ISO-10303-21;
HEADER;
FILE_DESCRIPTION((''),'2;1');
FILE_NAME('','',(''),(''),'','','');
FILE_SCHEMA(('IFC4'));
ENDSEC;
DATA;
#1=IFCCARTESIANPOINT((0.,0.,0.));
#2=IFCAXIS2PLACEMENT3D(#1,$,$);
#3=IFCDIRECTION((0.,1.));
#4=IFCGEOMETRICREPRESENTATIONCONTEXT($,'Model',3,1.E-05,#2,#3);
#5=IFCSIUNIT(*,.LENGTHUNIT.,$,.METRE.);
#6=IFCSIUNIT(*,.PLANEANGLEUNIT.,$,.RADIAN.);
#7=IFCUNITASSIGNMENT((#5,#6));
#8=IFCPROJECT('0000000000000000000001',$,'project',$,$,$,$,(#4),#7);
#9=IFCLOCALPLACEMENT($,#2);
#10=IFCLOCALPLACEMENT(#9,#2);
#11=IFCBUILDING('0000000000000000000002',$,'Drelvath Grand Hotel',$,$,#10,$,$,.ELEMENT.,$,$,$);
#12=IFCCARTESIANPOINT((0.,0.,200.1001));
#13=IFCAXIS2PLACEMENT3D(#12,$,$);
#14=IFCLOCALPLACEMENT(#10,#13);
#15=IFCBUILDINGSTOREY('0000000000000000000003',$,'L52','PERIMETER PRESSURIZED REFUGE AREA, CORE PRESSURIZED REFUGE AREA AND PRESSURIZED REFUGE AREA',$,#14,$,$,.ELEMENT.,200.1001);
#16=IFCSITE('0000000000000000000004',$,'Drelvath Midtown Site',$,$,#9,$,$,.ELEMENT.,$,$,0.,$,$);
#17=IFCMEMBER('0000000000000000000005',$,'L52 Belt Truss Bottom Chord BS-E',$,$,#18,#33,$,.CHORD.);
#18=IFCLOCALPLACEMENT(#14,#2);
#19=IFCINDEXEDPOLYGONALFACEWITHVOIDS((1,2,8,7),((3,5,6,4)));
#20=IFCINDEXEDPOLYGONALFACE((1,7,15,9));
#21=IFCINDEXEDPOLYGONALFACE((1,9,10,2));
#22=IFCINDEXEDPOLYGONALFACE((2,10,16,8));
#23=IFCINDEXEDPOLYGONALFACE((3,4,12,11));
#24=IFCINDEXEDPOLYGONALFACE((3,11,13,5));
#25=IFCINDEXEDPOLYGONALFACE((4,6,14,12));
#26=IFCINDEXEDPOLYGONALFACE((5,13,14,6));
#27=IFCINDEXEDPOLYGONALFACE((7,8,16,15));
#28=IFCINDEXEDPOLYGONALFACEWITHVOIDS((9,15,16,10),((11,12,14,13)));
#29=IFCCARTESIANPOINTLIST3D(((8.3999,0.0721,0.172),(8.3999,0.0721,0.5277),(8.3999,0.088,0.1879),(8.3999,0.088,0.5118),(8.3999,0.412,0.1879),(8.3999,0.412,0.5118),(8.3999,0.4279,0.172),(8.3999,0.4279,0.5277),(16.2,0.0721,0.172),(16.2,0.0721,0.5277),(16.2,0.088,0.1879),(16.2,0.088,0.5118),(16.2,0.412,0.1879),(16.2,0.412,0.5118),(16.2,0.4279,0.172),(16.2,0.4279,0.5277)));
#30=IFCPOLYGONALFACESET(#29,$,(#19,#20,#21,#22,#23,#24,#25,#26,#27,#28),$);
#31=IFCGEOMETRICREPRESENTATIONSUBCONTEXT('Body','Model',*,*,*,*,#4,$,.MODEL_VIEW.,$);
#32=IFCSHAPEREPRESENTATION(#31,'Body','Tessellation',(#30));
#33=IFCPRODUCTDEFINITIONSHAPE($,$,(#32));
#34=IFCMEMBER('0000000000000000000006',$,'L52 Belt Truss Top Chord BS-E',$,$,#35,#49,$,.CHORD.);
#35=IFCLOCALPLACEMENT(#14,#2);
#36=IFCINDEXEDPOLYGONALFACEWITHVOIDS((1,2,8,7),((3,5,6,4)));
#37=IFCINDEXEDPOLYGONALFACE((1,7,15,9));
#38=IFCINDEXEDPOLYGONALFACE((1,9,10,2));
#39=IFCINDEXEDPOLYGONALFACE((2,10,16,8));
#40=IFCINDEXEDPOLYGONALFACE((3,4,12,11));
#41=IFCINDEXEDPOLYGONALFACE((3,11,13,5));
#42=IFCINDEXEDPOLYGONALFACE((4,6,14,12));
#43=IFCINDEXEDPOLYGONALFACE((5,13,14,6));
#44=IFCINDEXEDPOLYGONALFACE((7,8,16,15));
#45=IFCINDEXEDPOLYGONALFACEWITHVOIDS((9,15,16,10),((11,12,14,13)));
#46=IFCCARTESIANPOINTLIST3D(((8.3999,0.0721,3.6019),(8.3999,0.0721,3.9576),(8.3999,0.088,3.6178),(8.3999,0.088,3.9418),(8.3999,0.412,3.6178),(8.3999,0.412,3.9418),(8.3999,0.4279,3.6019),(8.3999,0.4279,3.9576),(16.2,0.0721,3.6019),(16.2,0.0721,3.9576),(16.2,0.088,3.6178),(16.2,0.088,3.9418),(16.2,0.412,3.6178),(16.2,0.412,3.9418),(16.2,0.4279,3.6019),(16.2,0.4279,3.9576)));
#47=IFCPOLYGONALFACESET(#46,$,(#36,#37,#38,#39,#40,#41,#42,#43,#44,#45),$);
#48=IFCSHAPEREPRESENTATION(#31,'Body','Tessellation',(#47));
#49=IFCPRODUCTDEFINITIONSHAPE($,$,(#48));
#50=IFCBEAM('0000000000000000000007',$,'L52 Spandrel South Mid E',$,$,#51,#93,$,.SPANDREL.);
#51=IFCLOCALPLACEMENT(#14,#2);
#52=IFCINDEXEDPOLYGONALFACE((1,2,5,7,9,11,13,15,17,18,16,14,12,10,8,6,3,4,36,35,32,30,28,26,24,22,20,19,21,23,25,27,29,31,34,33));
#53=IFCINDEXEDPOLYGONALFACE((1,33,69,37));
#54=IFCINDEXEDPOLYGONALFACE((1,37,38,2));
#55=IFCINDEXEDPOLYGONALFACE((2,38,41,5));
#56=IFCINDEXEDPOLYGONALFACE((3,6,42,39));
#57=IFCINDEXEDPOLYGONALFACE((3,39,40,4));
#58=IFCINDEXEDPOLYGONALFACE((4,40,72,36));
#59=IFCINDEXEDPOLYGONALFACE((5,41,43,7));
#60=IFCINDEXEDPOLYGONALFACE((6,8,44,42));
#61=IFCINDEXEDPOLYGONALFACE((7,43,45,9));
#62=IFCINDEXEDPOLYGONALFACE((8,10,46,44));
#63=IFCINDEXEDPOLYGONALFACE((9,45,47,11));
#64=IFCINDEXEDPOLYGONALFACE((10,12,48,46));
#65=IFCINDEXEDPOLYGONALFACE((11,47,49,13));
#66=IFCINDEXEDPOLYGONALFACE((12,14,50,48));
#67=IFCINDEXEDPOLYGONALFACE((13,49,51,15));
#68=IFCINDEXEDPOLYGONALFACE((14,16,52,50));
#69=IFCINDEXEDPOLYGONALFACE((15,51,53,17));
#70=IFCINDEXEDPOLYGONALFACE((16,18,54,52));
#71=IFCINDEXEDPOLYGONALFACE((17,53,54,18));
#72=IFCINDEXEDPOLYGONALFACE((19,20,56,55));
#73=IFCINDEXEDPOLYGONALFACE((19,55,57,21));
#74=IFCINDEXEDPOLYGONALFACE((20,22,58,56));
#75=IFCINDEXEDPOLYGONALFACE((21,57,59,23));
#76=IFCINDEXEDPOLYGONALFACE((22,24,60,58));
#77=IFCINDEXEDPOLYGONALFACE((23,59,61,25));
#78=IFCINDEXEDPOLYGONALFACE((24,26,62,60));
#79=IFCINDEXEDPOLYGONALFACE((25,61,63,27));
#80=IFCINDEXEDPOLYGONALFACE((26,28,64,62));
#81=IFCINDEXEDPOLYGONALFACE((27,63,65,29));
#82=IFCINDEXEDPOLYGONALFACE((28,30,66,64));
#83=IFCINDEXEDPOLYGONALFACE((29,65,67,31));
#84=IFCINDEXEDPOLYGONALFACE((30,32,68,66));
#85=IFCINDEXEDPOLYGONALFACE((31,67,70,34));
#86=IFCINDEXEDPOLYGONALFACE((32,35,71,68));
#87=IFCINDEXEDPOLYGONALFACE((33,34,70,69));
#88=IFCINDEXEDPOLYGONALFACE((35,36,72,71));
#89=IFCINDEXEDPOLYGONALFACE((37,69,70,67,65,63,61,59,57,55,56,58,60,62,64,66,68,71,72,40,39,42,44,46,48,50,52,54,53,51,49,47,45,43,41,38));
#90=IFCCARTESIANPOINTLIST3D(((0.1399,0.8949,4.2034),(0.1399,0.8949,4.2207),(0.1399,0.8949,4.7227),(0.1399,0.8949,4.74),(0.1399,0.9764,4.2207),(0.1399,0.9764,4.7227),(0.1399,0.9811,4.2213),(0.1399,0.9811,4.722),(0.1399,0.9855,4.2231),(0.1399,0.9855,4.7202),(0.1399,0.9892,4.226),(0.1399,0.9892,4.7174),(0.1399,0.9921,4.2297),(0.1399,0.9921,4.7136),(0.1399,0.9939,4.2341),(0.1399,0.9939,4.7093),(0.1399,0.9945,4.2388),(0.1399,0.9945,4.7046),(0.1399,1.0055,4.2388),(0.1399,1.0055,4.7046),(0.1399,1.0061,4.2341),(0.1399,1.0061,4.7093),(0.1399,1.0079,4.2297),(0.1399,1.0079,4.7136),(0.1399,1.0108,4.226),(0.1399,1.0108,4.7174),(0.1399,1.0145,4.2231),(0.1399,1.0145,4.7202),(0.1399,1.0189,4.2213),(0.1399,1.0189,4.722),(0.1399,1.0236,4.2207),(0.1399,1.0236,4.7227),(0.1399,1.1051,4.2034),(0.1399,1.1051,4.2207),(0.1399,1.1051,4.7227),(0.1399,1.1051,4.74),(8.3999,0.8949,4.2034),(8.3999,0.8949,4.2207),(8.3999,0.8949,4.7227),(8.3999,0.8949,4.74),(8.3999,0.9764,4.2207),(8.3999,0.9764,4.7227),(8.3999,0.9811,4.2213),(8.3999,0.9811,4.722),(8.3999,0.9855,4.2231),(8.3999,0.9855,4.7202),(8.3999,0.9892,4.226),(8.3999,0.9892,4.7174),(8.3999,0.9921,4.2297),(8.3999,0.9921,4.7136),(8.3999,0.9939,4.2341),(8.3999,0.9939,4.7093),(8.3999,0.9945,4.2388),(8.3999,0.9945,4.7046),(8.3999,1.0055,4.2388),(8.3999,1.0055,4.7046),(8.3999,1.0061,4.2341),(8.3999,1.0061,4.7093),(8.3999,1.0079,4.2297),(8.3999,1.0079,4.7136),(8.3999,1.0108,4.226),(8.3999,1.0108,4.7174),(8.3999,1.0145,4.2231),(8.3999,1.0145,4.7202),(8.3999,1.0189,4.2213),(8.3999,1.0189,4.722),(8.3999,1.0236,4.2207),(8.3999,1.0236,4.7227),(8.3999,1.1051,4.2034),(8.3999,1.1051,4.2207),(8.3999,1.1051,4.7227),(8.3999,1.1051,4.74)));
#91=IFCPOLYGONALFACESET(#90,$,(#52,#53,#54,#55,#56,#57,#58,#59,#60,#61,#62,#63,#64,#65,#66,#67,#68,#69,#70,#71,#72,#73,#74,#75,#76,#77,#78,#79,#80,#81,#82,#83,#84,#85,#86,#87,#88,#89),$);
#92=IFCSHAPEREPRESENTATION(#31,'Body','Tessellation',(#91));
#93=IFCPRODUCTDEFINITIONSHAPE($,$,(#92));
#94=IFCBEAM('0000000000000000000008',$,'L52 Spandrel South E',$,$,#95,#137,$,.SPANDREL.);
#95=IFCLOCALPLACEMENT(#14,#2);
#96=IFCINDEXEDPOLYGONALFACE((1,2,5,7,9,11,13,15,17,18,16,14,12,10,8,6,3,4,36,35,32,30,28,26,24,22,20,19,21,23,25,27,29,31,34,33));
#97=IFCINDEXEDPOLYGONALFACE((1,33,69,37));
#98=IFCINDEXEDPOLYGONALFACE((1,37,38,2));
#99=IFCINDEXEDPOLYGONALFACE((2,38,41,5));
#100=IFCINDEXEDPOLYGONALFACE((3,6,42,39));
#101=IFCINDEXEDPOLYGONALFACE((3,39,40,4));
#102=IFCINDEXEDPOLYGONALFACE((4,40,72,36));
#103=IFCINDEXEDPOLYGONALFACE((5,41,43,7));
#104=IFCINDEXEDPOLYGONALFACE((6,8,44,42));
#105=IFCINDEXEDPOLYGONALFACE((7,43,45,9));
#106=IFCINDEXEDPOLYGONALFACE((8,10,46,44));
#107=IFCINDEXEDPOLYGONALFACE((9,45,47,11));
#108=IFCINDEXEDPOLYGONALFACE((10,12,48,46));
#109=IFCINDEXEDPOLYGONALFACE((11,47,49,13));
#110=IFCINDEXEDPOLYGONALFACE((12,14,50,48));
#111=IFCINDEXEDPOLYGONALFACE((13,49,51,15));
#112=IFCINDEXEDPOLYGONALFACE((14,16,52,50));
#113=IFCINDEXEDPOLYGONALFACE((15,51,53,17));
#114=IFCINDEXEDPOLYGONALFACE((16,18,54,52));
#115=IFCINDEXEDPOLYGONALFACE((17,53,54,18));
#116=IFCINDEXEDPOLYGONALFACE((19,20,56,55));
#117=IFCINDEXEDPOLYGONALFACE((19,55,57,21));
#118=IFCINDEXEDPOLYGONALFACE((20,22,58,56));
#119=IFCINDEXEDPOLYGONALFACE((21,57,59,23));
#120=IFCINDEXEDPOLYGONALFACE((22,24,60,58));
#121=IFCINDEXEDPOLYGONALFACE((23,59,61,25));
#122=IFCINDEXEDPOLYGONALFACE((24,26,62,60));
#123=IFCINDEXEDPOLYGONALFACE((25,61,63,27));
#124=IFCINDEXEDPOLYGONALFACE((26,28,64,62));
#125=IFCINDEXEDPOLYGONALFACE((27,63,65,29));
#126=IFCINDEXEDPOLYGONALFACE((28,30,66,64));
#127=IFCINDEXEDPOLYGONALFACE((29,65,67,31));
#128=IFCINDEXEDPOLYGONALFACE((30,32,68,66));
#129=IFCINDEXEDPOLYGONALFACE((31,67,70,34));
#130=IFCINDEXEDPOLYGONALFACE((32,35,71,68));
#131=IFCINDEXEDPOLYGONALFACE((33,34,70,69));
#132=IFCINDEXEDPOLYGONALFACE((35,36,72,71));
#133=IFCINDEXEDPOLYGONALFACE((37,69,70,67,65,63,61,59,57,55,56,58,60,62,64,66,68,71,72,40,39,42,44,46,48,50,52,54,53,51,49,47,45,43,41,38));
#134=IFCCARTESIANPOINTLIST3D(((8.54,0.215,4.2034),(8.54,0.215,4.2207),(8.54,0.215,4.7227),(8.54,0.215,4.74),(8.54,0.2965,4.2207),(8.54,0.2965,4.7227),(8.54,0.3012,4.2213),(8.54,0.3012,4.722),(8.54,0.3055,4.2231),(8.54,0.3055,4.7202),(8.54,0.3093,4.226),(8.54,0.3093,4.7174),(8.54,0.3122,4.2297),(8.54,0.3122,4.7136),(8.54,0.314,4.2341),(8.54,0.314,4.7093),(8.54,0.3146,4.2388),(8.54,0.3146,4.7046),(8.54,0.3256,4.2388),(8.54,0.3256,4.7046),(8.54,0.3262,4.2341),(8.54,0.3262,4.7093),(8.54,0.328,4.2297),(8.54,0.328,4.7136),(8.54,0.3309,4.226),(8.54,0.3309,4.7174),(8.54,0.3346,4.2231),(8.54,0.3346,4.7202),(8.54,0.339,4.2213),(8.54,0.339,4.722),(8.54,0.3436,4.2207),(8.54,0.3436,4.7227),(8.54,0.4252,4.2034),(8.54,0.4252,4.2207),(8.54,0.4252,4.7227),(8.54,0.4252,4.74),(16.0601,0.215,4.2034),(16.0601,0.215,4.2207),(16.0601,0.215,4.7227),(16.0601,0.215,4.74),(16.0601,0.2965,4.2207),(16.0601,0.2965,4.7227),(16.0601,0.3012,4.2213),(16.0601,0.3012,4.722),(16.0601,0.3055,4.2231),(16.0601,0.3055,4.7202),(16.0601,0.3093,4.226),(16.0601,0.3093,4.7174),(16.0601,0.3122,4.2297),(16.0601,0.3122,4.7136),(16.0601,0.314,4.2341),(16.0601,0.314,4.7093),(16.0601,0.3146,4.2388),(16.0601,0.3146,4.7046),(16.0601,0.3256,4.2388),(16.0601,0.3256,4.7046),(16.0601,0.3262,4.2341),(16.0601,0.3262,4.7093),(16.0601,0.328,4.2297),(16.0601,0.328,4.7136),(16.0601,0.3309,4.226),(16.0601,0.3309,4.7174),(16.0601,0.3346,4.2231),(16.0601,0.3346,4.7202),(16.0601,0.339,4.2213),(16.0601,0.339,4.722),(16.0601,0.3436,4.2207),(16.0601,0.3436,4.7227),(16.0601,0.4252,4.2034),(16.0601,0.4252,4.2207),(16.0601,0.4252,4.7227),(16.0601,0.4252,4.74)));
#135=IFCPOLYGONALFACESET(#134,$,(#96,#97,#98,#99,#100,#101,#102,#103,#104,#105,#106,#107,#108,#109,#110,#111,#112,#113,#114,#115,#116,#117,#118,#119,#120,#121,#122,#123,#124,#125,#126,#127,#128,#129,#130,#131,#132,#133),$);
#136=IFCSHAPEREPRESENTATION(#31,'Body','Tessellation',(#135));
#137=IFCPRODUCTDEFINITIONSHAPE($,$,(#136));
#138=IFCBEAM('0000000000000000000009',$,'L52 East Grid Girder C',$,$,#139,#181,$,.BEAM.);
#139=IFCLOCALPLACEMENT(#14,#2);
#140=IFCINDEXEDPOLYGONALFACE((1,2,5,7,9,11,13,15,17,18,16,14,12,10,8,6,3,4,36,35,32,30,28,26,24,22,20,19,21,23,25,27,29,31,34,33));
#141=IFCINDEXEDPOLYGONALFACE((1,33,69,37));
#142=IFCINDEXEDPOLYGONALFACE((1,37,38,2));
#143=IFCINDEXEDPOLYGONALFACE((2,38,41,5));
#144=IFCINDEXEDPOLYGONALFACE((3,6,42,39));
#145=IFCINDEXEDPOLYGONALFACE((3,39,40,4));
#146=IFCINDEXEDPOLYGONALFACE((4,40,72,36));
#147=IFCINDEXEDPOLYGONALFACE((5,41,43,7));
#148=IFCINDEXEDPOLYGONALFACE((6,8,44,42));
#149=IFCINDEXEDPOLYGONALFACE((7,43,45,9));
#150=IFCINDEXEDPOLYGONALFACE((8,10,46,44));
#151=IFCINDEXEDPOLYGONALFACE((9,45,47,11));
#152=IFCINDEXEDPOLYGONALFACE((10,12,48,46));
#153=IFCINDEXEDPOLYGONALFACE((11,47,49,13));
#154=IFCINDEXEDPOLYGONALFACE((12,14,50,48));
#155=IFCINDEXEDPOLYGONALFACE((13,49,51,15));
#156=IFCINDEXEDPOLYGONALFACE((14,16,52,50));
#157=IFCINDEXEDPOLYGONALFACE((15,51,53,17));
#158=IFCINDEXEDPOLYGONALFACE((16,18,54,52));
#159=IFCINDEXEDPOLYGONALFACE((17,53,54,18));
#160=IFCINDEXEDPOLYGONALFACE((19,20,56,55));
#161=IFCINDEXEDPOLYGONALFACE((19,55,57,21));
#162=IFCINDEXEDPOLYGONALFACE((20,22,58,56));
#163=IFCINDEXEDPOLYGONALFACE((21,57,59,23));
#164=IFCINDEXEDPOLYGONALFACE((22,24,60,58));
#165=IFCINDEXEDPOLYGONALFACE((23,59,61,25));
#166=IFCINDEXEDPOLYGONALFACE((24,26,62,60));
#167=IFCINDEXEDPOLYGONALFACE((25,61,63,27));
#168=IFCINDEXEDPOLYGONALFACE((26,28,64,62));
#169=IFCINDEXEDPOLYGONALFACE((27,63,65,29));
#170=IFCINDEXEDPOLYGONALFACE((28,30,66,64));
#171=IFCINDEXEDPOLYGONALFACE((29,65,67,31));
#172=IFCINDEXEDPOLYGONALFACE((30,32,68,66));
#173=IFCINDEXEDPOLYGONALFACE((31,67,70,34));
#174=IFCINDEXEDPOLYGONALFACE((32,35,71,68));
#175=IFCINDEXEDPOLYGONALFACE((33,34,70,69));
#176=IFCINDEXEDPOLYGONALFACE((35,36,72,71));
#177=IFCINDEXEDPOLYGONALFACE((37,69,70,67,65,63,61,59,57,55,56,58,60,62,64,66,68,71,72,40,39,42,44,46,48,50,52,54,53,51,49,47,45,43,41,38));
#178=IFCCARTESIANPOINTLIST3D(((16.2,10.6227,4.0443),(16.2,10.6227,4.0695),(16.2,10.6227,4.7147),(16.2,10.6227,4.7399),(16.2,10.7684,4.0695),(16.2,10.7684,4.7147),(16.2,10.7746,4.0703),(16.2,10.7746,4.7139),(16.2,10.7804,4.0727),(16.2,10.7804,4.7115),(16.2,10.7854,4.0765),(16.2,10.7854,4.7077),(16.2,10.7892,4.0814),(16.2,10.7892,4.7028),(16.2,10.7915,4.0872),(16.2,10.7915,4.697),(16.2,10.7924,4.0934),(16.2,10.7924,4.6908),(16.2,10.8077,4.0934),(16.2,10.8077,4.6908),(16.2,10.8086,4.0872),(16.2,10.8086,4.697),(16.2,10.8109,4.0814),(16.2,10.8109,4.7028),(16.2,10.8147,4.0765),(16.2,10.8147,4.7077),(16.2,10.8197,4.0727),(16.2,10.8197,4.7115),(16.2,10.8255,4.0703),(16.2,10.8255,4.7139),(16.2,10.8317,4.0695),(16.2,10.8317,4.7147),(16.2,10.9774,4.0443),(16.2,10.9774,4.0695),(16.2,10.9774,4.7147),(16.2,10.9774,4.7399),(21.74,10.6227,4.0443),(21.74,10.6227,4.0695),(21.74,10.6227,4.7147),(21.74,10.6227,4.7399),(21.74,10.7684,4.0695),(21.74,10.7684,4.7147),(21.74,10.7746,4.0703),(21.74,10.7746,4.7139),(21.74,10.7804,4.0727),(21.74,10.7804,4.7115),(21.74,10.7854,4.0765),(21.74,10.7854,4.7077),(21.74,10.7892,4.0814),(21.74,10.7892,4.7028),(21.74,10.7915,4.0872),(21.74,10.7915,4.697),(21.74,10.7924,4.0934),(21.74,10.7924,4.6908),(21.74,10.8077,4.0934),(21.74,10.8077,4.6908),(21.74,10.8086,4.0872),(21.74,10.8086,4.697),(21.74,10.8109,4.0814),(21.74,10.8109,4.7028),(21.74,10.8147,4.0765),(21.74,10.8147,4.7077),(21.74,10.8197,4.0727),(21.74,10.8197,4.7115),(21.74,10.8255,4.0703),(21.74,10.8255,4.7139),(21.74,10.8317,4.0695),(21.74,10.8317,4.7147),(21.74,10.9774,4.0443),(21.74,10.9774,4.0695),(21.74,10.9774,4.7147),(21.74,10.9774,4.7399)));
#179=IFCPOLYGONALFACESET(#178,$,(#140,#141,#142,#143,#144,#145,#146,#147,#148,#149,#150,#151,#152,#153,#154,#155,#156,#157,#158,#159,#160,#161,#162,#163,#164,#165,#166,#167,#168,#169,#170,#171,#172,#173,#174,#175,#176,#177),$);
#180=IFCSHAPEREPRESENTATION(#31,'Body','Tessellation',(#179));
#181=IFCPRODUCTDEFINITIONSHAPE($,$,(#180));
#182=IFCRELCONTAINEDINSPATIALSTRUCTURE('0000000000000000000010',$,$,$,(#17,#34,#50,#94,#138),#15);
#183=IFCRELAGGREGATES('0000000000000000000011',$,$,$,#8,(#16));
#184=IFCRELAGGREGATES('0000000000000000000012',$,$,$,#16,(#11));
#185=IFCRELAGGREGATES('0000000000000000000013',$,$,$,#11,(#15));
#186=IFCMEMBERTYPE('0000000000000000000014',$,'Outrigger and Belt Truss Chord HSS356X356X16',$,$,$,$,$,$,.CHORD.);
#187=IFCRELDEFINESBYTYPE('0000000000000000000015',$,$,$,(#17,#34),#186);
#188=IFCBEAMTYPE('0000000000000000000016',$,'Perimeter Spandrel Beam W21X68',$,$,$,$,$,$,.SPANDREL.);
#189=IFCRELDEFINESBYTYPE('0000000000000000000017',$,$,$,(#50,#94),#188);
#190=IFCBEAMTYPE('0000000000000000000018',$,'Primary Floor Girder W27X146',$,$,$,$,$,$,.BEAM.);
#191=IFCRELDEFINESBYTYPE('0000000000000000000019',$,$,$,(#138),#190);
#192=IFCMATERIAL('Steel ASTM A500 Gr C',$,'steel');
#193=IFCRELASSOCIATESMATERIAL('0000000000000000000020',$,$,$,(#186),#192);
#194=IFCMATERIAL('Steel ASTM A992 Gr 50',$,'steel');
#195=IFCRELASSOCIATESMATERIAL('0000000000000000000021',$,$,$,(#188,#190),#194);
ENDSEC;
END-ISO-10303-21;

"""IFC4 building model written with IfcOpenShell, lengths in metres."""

from ifc_helpers import new_model, si_unit, direction, frame, origin, origin_2d, place, context, subcontext, project, spatial, hollow_rectangle, i_section, extrude, material, material_profile, profile_set, type_object, element, save


model = new_model("IFC4")

# Units and contexts
model_context = context("Model", 3, precision=1e-05, world=origin(), true_north=direction((0.0, 1.0)))
body_context = subcontext(model_context, "Body", "Model", "MODEL_VIEW")
ifc_project = project(units=[si_unit("LENGTHUNIT", "METRE"), si_unit("PLANEANGLEUNIT", "RADIAN")], contexts=[model_context])

# Site, building, storey
site_placement = place(None, origin())
site = spatial("IfcSite", under=ifc_project, at=site_placement, Name="Drelvath Midtown Site", CompositionType="ELEMENT", RefElevation=0.0)
building_placement = place(site_placement, origin())
building = spatial("IfcBuilding", under=site, at=building_placement, Name="Drelvath Grand Hotel", CompositionType="ELEMENT")
storey_placement = place(building_placement, frame((0.0, 0.0, 200.1001)))
storey = spatial("IfcBuildingStorey", under=building, at=storey_placement, Name="L52", Description="PERIMETER PRESSURIZED REFUGE AREA, CORE PRESSURIZED REFUGE AREA AND PRESSURIZED REFUGE AREA", CompositionType="ELEMENT", Elevation=200.1001)

# Shared definitions
ifc_material_1 = material(Name="Steel ASTM A992 Gr 50", Category="steel")

# Members
ifc_material_2 = material(Name="Steel ASTM A500 Gr C", Category="steel")
ifc_material_profile_1 = material_profile(ifc_material_2, hollow_rectangle(XDim=0.3557, YDim=0.3557, WallThickness=0.0159, at=origin_2d()), Name="HSS356X356X16")
ifc_profile_set_1 = profile_set([ifc_material_profile_1], Name="Steel ASTM A500 Gr C")
member_type_1 = type_object("IfcMemberType", Name="Outrigger and Belt Truss Chord HSS356X356X16", PredefinedType="CHORD", material=ifc_profile_set_1)
for number, where, z_axis, x_axis, name in (
    (1, (8.3999, 0.25, 0.3499), (1.0, 0.0, 0.0), (0.0, 1.0, 0.0), "L52 Belt Truss Bottom Chord BS-E"),
    (2, (8.3999, 0.25, 3.7798), (1.0, 0.0, 0.0), (0.0, 1.0, 0.0), "L52 Belt Truss Top Chord BS-E"),
):
    element("IfcMember", number, at=place(storey_placement, frame(where, z_axis=z_axis, x_axis=x_axis)), inside=storey, type_object=member_type_1, Name=name, PredefinedType="CHORD", context=body_context, shape_type="SweptSolid", body=[
        extrude(hollow_rectangle(XDim=0.3557, YDim=0.3557, WallThickness=0.0159, at=origin_2d()), origin(), (0.0, 0.0, 1.0), 7.8),
    ])

# Beams
ifc_material_profile_2 = material_profile(ifc_material_1, i_section(OverallWidth=0.2102, OverallDepth=0.5366, WebThickness=0.011, FlangeThickness=0.0173, FilletRadius=0.0181, at=origin_2d()), Name="W21X68")
ifc_profile_set_2 = profile_set([ifc_material_profile_2], Name="Steel ASTM A992 Gr 50")
beam_type_1 = type_object("IfcBeamType", Name="Perimeter Spandrel Beam W21X68", PredefinedType="SPANDREL", material=ifc_profile_set_2)
beam_1_placement = place(storey_placement, frame((0.1399, 1.0, 4.4717), z_axis=(1.0, 0.0, 0.0), x_axis=(0.0, 1.0, 0.0)))
element("IfcBeam", 3, at=beam_1_placement, inside=storey, type_object=beam_type_1, Name="L52 Spandrel South Mid E", PredefinedType="SPANDREL", context=body_context, shape_type="SweptSolid", body=[
    extrude(i_section(OverallWidth=0.2102, OverallDepth=0.5366, WebThickness=0.011, FlangeThickness=0.0173, FilletRadius=0.0181, at=origin_2d()), origin(), (0.0, 0.0, 1.0), 8.26),
])
beam_2_placement = place(storey_placement, frame((8.54, 0.3201, 4.4717), z_axis=(1.0, 0.0, 0.0), x_axis=(0.0, 1.0, 0.0)))
element("IfcBeam", 4, at=beam_2_placement, inside=storey, type_object=beam_type_1, Name="L52 Spandrel South E", PredefinedType="SPANDREL", context=body_context, shape_type="SweptSolid", body=[
    extrude(i_section(OverallWidth=0.2102, OverallDepth=0.5366, WebThickness=0.011, FlangeThickness=0.0173, FilletRadius=0.0181, at=origin_2d()), origin(), (0.0, 0.0, 1.0), 7.52),
])
ifc_material_profile_3 = material_profile(ifc_material_1, i_section(OverallWidth=0.3547, OverallDepth=0.6956, WebThickness=0.0154, FlangeThickness=0.0251, FilletRadius=0.0239, at=origin_2d()), Name="W27X146")
ifc_profile_set_3 = profile_set([ifc_material_profile_3], Name="Steel ASTM A992 Gr 50")
beam_type_2 = type_object("IfcBeamType", Name="Primary Floor Girder W27X146", PredefinedType="BEAM", material=ifc_profile_set_3)
beam_3_placement = place(storey_placement, frame((16.2, 10.8, 4.3921), z_axis=(1.0, 0.0, 0.0), x_axis=(0.0, 1.0, 0.0)))
element("IfcBeam", 5, at=beam_3_placement, inside=storey, type_object=beam_type_2, Name="L52 East Grid Girder C", PredefinedType="BEAM", context=body_context, shape_type="SweptSolid", body=[
    extrude(i_section(OverallWidth=0.3547, OverallDepth=0.6956, WebThickness=0.0154, FlangeThickness=0.0251, FilletRadius=0.0239, at=origin_2d()), origin(), (0.0, 0.0, 1.0), 5.54),
])

save(model, "model.ifc")
